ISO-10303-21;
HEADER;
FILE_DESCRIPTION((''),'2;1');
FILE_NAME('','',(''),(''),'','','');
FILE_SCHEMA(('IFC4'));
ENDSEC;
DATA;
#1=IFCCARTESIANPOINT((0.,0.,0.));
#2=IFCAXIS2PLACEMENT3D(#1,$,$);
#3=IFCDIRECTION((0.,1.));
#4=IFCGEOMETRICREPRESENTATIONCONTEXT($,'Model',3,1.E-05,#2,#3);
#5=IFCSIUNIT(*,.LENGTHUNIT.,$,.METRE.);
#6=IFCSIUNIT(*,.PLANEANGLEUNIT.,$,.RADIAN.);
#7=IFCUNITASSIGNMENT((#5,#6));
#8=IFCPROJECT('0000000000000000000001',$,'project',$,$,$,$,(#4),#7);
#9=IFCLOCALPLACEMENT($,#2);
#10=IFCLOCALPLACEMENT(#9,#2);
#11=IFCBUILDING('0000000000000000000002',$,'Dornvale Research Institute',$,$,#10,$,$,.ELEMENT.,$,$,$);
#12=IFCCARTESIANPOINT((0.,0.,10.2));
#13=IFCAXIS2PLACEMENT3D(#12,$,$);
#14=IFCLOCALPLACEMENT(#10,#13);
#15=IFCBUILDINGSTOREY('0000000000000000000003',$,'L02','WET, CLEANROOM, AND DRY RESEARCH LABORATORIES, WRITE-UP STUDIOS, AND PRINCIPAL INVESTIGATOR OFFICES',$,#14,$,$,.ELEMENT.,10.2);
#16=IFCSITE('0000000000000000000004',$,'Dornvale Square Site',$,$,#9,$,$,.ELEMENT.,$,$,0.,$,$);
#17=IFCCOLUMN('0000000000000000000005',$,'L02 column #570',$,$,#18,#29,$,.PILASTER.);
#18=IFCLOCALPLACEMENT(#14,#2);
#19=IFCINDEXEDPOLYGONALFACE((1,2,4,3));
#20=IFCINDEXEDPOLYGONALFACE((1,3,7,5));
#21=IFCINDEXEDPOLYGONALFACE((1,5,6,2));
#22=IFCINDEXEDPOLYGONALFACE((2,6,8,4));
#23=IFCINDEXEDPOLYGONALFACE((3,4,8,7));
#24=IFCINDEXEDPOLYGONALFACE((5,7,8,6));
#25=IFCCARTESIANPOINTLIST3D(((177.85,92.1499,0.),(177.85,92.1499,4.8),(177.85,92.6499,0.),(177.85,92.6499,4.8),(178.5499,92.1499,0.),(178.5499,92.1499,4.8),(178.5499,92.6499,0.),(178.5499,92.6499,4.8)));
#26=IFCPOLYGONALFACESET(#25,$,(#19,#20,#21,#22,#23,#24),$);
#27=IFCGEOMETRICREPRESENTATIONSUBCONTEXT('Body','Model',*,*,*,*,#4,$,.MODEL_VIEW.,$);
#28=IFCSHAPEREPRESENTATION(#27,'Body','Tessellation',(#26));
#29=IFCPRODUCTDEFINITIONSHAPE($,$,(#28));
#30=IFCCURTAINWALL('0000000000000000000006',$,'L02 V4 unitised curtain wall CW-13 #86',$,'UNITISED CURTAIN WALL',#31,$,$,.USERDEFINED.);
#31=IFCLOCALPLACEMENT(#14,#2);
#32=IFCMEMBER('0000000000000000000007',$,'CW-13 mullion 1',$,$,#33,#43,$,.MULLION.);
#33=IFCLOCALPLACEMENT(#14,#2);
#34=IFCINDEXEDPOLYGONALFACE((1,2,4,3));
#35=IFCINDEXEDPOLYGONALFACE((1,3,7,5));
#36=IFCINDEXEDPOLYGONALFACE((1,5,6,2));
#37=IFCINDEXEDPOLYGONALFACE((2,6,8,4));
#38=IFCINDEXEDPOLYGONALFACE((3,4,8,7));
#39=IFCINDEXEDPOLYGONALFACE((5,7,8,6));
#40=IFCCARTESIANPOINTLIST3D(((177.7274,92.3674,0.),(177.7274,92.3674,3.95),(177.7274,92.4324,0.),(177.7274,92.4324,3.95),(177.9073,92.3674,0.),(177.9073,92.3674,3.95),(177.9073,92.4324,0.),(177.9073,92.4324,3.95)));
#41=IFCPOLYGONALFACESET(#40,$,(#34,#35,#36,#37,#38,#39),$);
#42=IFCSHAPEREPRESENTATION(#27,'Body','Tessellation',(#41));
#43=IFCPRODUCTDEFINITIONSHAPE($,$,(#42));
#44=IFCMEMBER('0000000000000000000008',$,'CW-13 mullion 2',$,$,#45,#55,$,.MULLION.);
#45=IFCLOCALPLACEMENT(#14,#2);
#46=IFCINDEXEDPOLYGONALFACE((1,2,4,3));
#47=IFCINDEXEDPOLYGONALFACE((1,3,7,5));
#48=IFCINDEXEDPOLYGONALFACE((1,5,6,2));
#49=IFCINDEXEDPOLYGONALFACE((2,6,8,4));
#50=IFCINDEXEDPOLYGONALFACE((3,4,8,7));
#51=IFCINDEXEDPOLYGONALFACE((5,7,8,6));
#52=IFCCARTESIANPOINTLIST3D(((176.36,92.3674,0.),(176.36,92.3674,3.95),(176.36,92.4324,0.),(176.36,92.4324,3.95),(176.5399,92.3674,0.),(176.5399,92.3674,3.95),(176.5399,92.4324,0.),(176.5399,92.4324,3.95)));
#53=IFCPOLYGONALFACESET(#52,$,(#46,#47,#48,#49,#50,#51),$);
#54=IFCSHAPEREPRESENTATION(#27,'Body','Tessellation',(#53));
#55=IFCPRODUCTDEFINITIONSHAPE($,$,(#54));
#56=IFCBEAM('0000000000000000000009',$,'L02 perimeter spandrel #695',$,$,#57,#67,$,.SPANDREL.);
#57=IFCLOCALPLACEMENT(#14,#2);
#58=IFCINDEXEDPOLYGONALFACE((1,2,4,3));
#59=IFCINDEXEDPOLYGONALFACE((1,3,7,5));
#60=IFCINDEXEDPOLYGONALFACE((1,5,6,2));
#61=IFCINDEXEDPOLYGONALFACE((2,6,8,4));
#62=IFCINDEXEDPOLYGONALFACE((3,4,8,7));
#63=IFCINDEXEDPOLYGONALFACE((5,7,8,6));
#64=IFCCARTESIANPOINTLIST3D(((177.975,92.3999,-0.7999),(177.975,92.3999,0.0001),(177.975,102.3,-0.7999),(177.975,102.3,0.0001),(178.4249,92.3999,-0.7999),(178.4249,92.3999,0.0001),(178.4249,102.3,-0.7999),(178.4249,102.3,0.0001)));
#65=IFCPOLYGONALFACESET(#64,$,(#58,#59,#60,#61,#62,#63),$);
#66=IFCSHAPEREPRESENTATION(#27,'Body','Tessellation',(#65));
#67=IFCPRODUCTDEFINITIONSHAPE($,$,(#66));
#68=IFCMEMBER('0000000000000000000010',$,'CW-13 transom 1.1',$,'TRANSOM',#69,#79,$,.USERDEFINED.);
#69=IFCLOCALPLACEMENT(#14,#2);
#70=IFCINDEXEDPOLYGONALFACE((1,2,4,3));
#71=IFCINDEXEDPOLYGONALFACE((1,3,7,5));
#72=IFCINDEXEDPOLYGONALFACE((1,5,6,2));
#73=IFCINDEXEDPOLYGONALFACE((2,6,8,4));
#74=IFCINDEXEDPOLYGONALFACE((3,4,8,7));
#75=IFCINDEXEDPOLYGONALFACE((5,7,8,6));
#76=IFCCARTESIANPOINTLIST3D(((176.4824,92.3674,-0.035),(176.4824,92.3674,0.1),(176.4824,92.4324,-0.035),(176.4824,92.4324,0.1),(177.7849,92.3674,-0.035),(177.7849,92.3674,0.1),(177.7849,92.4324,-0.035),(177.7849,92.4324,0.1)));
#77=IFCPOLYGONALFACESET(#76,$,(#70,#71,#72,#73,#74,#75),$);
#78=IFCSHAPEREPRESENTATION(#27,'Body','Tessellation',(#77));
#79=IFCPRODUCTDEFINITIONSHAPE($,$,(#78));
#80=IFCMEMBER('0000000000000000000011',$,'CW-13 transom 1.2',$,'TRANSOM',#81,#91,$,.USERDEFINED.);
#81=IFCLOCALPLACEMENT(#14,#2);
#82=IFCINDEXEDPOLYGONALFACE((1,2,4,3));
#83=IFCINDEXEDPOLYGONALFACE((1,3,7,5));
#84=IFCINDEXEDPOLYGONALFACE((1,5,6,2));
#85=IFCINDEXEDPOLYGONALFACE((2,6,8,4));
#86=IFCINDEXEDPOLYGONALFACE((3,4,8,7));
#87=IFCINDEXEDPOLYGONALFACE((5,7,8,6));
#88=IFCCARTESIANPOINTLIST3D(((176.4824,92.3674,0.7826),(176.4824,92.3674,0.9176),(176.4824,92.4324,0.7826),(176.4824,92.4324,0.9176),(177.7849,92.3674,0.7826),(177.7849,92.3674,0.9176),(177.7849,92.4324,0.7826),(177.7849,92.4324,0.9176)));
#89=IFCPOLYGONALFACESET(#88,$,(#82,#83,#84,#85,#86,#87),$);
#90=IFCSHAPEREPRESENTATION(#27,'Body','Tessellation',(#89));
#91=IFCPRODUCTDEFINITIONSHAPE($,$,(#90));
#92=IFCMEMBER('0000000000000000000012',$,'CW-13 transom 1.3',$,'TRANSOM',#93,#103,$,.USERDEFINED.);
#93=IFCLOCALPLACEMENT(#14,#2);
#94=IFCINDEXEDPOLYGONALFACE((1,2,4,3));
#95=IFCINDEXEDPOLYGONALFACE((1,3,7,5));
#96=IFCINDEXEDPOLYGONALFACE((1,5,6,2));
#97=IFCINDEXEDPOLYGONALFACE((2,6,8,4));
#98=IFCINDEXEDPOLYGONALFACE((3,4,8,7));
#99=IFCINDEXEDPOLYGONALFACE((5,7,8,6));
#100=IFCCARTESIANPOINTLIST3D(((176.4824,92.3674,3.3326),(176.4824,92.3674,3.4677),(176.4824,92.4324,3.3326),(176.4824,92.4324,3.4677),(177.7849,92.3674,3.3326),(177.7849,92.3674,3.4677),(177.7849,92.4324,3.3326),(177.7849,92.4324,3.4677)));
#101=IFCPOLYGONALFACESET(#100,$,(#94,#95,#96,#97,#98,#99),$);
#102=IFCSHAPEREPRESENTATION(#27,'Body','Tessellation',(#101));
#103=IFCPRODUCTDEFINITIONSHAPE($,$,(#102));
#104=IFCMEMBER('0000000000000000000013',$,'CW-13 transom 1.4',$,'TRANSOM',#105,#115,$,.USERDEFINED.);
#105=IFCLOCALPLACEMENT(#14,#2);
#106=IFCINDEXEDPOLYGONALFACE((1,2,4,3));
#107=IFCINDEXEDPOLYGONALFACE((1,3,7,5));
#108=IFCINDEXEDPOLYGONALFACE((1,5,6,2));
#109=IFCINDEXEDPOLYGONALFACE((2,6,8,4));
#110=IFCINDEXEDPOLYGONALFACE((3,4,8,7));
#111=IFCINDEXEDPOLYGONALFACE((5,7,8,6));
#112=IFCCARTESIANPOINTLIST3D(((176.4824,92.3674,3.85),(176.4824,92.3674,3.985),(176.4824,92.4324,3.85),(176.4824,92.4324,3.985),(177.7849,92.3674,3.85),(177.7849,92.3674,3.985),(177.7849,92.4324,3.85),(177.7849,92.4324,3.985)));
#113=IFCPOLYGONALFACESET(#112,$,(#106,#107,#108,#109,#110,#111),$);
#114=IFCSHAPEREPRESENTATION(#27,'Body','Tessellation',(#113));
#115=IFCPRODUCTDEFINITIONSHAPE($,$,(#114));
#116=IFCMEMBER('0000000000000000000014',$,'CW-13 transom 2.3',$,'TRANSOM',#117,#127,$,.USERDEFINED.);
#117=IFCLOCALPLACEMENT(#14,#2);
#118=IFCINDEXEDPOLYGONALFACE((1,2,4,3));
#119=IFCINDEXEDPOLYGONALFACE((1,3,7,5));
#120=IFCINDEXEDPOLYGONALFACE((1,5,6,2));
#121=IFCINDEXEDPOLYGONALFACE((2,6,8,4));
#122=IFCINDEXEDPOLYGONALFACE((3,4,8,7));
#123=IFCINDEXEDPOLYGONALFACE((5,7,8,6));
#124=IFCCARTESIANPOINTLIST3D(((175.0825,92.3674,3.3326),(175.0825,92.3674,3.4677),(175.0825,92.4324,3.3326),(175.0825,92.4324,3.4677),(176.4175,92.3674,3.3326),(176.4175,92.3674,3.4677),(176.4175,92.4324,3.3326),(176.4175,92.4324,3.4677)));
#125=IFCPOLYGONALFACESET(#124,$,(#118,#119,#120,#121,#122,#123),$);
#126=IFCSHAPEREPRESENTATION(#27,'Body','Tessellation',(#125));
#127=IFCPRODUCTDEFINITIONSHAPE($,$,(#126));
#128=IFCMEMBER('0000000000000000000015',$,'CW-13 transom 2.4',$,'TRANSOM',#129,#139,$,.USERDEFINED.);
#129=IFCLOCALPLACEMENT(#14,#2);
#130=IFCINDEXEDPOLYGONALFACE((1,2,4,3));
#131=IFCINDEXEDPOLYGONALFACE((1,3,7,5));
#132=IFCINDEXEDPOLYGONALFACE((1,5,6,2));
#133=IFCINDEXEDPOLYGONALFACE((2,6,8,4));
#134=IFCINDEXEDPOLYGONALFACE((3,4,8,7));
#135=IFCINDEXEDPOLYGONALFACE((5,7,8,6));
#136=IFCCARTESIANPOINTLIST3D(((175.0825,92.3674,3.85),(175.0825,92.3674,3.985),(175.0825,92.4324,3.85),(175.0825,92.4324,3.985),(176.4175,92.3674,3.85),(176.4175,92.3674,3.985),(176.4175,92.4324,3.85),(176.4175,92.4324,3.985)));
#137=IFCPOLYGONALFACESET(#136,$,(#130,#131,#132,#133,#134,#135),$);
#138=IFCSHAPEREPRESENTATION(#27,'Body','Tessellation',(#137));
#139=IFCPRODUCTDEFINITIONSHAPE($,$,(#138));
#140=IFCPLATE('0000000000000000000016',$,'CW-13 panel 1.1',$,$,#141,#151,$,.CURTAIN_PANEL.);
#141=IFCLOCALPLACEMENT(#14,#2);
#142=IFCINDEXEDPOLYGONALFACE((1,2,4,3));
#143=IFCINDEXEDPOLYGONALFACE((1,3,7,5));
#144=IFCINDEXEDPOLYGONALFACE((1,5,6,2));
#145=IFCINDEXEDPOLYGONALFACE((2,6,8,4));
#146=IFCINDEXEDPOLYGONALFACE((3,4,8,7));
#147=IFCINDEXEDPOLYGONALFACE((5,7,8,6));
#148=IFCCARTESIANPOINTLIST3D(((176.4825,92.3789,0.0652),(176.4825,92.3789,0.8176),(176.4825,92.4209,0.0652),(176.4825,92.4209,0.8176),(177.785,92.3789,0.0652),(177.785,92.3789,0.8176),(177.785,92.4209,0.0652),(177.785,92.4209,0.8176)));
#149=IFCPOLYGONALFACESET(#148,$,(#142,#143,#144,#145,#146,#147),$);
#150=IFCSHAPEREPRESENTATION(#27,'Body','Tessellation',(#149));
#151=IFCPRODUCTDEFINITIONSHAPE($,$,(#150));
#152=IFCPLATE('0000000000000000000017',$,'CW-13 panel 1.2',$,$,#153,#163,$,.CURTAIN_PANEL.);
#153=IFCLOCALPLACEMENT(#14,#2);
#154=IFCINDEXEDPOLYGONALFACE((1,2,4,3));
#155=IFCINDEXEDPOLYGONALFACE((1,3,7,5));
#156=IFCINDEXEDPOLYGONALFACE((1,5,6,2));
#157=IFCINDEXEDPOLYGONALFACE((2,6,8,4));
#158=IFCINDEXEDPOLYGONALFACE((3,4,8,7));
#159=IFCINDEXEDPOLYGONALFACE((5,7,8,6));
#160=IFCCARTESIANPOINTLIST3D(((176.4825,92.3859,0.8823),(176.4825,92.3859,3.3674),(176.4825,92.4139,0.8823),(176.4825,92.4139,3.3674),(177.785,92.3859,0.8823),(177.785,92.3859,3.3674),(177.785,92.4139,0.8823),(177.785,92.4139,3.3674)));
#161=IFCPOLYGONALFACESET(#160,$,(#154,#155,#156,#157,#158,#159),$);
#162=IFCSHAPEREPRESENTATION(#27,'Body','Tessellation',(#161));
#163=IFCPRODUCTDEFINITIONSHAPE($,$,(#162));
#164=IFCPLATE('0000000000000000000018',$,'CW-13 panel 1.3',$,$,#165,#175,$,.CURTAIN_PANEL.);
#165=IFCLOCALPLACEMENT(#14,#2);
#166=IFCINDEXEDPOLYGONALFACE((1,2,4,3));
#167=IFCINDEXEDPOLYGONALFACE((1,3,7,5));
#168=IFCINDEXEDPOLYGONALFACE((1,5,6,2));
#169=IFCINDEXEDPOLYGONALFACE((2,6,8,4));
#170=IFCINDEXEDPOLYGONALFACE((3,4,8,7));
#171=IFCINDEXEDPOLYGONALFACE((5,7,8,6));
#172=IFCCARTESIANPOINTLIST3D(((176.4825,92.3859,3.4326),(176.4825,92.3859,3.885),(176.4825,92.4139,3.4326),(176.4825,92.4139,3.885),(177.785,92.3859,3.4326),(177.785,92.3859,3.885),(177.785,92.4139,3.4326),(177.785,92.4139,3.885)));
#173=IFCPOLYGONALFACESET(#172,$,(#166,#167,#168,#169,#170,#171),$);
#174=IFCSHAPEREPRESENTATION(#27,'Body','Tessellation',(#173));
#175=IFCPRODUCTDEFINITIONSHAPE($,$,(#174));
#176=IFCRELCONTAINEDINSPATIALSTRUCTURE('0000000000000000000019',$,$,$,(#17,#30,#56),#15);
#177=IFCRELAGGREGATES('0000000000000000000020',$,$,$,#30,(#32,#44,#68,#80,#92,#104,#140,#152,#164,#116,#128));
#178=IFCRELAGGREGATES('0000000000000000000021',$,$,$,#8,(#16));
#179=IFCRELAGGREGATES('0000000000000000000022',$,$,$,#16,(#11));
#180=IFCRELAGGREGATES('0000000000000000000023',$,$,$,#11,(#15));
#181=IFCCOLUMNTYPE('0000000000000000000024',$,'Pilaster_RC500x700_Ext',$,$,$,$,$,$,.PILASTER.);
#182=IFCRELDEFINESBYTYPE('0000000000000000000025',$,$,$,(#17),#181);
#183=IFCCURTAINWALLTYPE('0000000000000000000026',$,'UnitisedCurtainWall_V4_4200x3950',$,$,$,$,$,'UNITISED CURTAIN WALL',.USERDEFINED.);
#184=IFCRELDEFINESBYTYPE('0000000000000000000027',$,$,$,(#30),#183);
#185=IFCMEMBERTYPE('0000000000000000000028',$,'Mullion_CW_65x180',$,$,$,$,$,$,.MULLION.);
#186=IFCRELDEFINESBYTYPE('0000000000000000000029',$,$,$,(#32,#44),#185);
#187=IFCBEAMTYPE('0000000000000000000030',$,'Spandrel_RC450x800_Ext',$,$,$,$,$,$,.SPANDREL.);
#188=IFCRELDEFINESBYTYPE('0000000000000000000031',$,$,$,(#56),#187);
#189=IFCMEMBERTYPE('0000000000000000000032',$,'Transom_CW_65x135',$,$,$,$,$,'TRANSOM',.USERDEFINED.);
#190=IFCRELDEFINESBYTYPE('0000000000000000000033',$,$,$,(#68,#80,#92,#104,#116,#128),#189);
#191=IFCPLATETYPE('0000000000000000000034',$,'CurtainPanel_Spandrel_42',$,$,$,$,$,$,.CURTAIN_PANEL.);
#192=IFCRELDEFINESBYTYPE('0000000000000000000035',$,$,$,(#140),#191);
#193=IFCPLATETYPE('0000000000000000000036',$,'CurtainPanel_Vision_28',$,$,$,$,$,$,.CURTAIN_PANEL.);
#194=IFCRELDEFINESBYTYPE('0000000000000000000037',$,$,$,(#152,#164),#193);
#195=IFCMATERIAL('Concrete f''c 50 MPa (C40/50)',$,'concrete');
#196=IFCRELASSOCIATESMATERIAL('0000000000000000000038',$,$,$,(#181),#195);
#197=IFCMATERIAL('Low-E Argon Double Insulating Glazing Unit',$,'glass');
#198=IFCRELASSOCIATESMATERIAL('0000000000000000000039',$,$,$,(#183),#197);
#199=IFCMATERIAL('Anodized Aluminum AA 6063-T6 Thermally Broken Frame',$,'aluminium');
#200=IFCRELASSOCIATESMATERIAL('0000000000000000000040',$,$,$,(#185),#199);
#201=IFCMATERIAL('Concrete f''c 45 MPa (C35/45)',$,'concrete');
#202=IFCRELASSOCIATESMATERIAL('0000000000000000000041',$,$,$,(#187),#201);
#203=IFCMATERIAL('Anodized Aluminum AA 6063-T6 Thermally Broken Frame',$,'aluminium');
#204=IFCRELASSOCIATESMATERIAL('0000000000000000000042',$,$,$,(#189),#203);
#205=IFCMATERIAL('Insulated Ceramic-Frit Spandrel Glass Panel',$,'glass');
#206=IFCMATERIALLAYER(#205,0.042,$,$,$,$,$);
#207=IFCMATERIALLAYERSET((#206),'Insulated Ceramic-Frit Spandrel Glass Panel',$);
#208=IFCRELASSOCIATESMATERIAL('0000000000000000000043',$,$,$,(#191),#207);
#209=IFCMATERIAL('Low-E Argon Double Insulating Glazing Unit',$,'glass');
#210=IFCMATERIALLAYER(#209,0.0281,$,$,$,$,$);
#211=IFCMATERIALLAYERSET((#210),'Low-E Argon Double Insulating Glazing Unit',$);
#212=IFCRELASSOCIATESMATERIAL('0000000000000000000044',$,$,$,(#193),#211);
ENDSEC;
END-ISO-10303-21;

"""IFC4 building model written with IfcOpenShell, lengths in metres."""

from ifc_helpers import new_model, si_unit, direction, frame, origin, origin_2d, place, context, subcontext, project, spatial, rectangle, extrude, material, layer, layer_set, material_profile, profile_set, type_object, element, aggregate, save


model = new_model("IFC4")

# Units and contexts
model_context = context("Model", 3, precision=1e-05, world=origin(), true_north=direction((0.0, 1.0)))
body_context = subcontext(model_context, "Body", "Model", "MODEL_VIEW")
ifc_project = project(units=[si_unit("LENGTHUNIT", "METRE"), si_unit("PLANEANGLEUNIT", "RADIAN")], contexts=[model_context])

# Site, building, storey
site_placement = place(None, origin())
site = spatial("IfcSite", under=ifc_project, at=site_placement, Name="Dornvale Square Site", CompositionType="ELEMENT", RefElevation=0.0)
building_placement = place(site_placement, origin())
building = spatial("IfcBuilding", under=site, at=building_placement, Name="Dornvale Research Institute", CompositionType="ELEMENT")
storey_placement = place(building_placement, frame((0.0, 0.0, 10.2)))
storey = spatial("IfcBuildingStorey", under=building, at=storey_placement, Name="L02", Description="WET, CLEANROOM, AND DRY RESEARCH LABORATORIES, WRITE-UP STUDIOS, AND PRINCIPAL INVESTIGATOR OFFICES", CompositionType="ELEMENT", Elevation=10.2)

# Column
ifc_material_1 = material(Name="Concrete f'c 50 MPa (C40/50)", Category="concrete")
ifc_material_profile_1 = material_profile(ifc_material_1, rectangle(XDim=0.5, YDim=0.7, at=origin_2d()), Name="RC 500x700")
ifc_profile_set_1 = profile_set([ifc_material_profile_1], Name="Concrete f'c 50 MPa (C40/50)")
column_type = type_object("IfcColumnType", Name="Pilaster_RC500x700_Ext", PredefinedType="PILASTER", material=ifc_profile_set_1)
column_placement = place(storey_placement, frame((178.2, 92.3999, 0.0), z_axis=(0.0, 0.0, 1.0), x_axis=(0.0, 1.0, 0.0)))
element("IfcColumn", 1, at=column_placement, inside=storey, type_object=column_type, Name="L02 column #570", PredefinedType="PILASTER", context=body_context, shape_type="SweptSolid", body=[
    extrude(rectangle(XDim=0.5, YDim=0.7, at=origin_2d()), origin(), (0.0, 0.0, 1.0), 4.8),
])

# Curtain wall, members
ifc_material_2 = material(Name="Low-E Argon Double Insulating Glazing Unit", Category="glass")
curtain_wall_type = type_object("IfcCurtainWallType", Name="UnitisedCurtainWall_V4_4200x3950", ElementType="UNITISED CURTAIN WALL", PredefinedType="USERDEFINED", material=ifc_material_2)
curtain_wall_placement = place(storey_placement, origin())
curtain_wall = element("IfcCurtainWall", 2, at=curtain_wall_placement, inside=storey, type_object=curtain_wall_type, Name="L02 V4 unitised curtain wall CW-13 #86", ObjectType="UNITISED CURTAIN WALL", PredefinedType="USERDEFINED")
ifc_material_3 = material(Name="Anodized Aluminum AA 6063-T6 Thermally Broken Frame", Category="aluminium")
ifc_material_profile_2 = material_profile(ifc_material_3, rectangle(XDim=0.0649, YDim=0.1799, at=origin_2d()), Name="ALU MULLION 65x180")
ifc_profile_set_2 = profile_set([ifc_material_profile_2], Name="Anodized Aluminum AA 6063-T6 Thermally Broken Frame")
member_type_1 = type_object("IfcMemberType", Name="Mullion_CW_65x180", PredefinedType="MULLION", material=ifc_profile_set_2)
member_1_placement = place(storey_placement, frame((177.8174, 92.3999, 0.0), z_axis=(0.0, 0.0, 1.0), x_axis=(0.0, -1.0, 0.0)))
member_1 = element("IfcMember", 3, at=member_1_placement, type_object=member_type_1, Name="CW-13 mullion 1", PredefinedType="MULLION", context=body_context, shape_type="SweptSolid", body=[
    extrude(rectangle(XDim=0.0649, YDim=0.1799, at=origin_2d()), origin(), (0.0, 0.0, 1.0), 3.95),
])
member_2_placement = place(storey_placement, frame((176.45, 92.3999, 0.0), z_axis=(0.0, 0.0, 1.0), x_axis=(0.0, -1.0, 0.0)))
member_2 = element("IfcMember", 4, at=member_2_placement, type_object=member_type_1, Name="CW-13 mullion 2", PredefinedType="MULLION", context=body_context, shape_type="SweptSolid", body=[
    extrude(rectangle(XDim=0.0649, YDim=0.1799, at=origin_2d()), origin(), (0.0, 0.0, 1.0), 3.95),
])

# Beam
ifc_material_4 = material(Name="Concrete f'c 45 MPa (C35/45)", Category="concrete")
ifc_material_profile_3 = material_profile(ifc_material_4, rectangle(XDim=0.45, YDim=0.8, at=origin_2d()), Name="RC 450x800")
ifc_profile_set_3 = profile_set([ifc_material_profile_3], Name="Concrete f'c 45 MPa (C35/45)")
beam_type = type_object("IfcBeamType", Name="Spandrel_RC450x800_Ext", PredefinedType="SPANDREL", material=ifc_profile_set_3)
beam_placement = place(storey_placement, frame((178.2, 92.3999, -0.3999), z_axis=(0.0, 1.0, 0.0), x_axis=(-1.0, 0.0, 0.0)))
element("IfcBeam", 5, at=beam_placement, inside=storey, type_object=beam_type, Name="L02 perimeter spandrel #695", PredefinedType="SPANDREL", context=body_context, shape_type="SweptSolid", body=[
    extrude(rectangle(XDim=0.45, YDim=0.8, at=origin_2d()), origin(), (0.0, 0.0, 1.0), 9.9001),
])

# Members
ifc_material_5 = material(Name="Anodized Aluminum AA 6063-T6 Thermally Broken Frame", Category="aluminium")
ifc_material_profile_4 = material_profile(ifc_material_5, rectangle(XDim=0.0649, YDim=0.135, at=origin_2d()), Name="ALU TRANSOM 65x135")
ifc_profile_set_4 = profile_set([ifc_material_profile_4], Name="Anodized Aluminum AA 6063-T6 Thermally Broken Frame")
member_type_2 = type_object("IfcMemberType", Name="Transom_CW_65x135", ElementType="TRANSOM", PredefinedType="USERDEFINED", material=ifc_profile_set_4)
member_3_placement = place(storey_placement, frame((177.7849, 92.3999, 0.0325), z_axis=(-1.0, 0.0, 0.0), x_axis=(0.0, -1.0, 0.0)))
member_3 = element("IfcMember", 6, at=member_3_placement, type_object=member_type_2, Name="CW-13 transom 1.1", ObjectType="TRANSOM", PredefinedType="USERDEFINED", context=body_context, shape_type="SweptSolid", body=[
    extrude(rectangle(XDim=0.0649, YDim=0.135, at=origin_2d()), origin(), (0.0, 0.0, 1.0), 1.3025),
])
member_4_placement = place(storey_placement, frame((177.7849, 92.3999, 0.8501), z_axis=(-1.0, 0.0, 0.0), x_axis=(0.0, -1.0, 0.0)))
member_4 = element("IfcMember", 7, at=member_4_placement, type_object=member_type_2, Name="CW-13 transom 1.2", ObjectType="TRANSOM", PredefinedType="USERDEFINED", context=body_context, shape_type="SweptSolid", body=[
    extrude(rectangle(XDim=0.0649, YDim=0.135, at=origin_2d()), origin(), (0.0, 0.0, 1.0), 1.3025),
])
member_5_placement = place(storey_placement, frame((177.7849, 92.3999, 3.4001), z_axis=(-1.0, 0.0, 0.0), x_axis=(0.0, -1.0, 0.0)))
member_5 = element("IfcMember", 8, at=member_5_placement, type_object=member_type_2, Name="CW-13 transom 1.3", ObjectType="TRANSOM", PredefinedType="USERDEFINED", context=body_context, shape_type="SweptSolid", body=[
    extrude(rectangle(XDim=0.0649, YDim=0.135, at=origin_2d()), origin(), (0.0, 0.0, 1.0), 1.3025),
])
member_6_placement = place(storey_placement, frame((177.7849, 92.3999, 3.9175), z_axis=(-1.0, 0.0, 0.0), x_axis=(0.0, -1.0, 0.0)))
member_6 = element("IfcMember", 9, at=member_6_placement, type_object=member_type_2, Name="CW-13 transom 1.4", ObjectType="TRANSOM", PredefinedType="USERDEFINED", context=body_context, shape_type="SweptSolid", body=[
    extrude(rectangle(XDim=0.0649, YDim=0.135, at=origin_2d()), origin(), (0.0, 0.0, 1.0), 1.3025),
])
member_7_placement = place(storey_placement, frame((176.4175, 92.3999, 3.4001), z_axis=(-1.0, 0.0, 0.0), x_axis=(0.0, -1.0, 0.0)))
member_7 = element("IfcMember", 10, at=member_7_placement, type_object=member_type_2, Name="CW-13 transom 2.3", ObjectType="TRANSOM", PredefinedType="USERDEFINED", context=body_context, shape_type="SweptSolid", body=[
    extrude(rectangle(XDim=0.0649, YDim=0.135, at=origin_2d()), origin(), (0.0, 0.0, 1.0), 1.335),
])
member_8_placement = place(storey_placement, frame((176.4175, 92.3999, 3.9175), z_axis=(-1.0, 0.0, 0.0), x_axis=(0.0, -1.0, 0.0)))
member_8 = element("IfcMember", 11, at=member_8_placement, type_object=member_type_2, Name="CW-13 transom 2.4", ObjectType="TRANSOM", PredefinedType="USERDEFINED", context=body_context, shape_type="SweptSolid", body=[
    extrude(rectangle(XDim=0.0649, YDim=0.135, at=origin_2d()), origin(), (0.0, 0.0, 1.0), 1.335),
])

# Plates
ifc_material_6 = material(Name="Insulated Ceramic-Frit Spandrel Glass Panel", Category="glass")
ifc_layer_1 = layer(ifc_material_6, 0.042)
ifc_layer_set_1 = layer_set([ifc_layer_1], Name="Insulated Ceramic-Frit Spandrel Glass Panel")
plate_type_1 = type_object("IfcPlateType", Name="CurtainPanel_Spandrel_42", PredefinedType="CURTAIN_PANEL", material=ifc_layer_set_1)
plate_1_placement = place(storey_placement, frame((177.1338, 92.3999, 0.0652), z_axis=(0.0, 0.0, 1.0), x_axis=(-1.0, 0.0, 0.0)))
plate_1 = element("IfcPlate", 12, at=plate_1_placement, type_object=plate_type_1, Name="CW-13 panel 1.1", PredefinedType="CURTAIN_PANEL", context=body_context, shape_type="SweptSolid", body=[
    extrude(rectangle(XDim=1.3025, YDim=0.042, at=origin_2d()), origin(), (0.0, 0.0, 1.0), 0.7524),
])
ifc_material_7 = material(Name="Low-E Argon Double Insulating Glazing Unit", Category="glass")
ifc_layer_2 = layer(ifc_material_7, 0.0281)
ifc_layer_set_2 = layer_set([ifc_layer_2], Name="Low-E Argon Double Insulating Glazing Unit")
plate_type_2 = type_object("IfcPlateType", Name="CurtainPanel_Vision_28", PredefinedType="CURTAIN_PANEL", material=ifc_layer_set_2)
plate_2_placement = place(storey_placement, frame((177.1338, 92.3999, 0.8823), z_axis=(0.0, 0.0, 1.0), x_axis=(-1.0, 0.0, 0.0)))
plate_2 = element("IfcPlate", 13, at=plate_2_placement, type_object=plate_type_2, Name="CW-13 panel 1.2", PredefinedType="CURTAIN_PANEL", context=body_context, shape_type="SweptSolid", body=[
    extrude(rectangle(XDim=1.3025, YDim=0.0281, at=origin_2d()), origin(), (0.0, 0.0, 1.0), 2.4851),
])
plate_3_placement = place(storey_placement, frame((177.1338, 92.3999, 3.4326), z_axis=(0.0, 0.0, 1.0), x_axis=(-1.0, 0.0, 0.0)))
plate_3 = element("IfcPlate", 14, at=plate_3_placement, type_object=plate_type_2, Name="CW-13 panel 1.3", PredefinedType="CURTAIN_PANEL", context=body_context, shape_type="SweptSolid", body=[
    extrude(rectangle(XDim=1.3025, YDim=0.0281, at=origin_2d()), origin(), (0.0, 0.0, 1.0), 0.4524),
])
aggregate(curtain_wall, [member_1, member_2, member_3, member_4, member_5, member_6, plate_1, plate_2, plate_3, member_7, member_8])

save(model, "model.ifc")
